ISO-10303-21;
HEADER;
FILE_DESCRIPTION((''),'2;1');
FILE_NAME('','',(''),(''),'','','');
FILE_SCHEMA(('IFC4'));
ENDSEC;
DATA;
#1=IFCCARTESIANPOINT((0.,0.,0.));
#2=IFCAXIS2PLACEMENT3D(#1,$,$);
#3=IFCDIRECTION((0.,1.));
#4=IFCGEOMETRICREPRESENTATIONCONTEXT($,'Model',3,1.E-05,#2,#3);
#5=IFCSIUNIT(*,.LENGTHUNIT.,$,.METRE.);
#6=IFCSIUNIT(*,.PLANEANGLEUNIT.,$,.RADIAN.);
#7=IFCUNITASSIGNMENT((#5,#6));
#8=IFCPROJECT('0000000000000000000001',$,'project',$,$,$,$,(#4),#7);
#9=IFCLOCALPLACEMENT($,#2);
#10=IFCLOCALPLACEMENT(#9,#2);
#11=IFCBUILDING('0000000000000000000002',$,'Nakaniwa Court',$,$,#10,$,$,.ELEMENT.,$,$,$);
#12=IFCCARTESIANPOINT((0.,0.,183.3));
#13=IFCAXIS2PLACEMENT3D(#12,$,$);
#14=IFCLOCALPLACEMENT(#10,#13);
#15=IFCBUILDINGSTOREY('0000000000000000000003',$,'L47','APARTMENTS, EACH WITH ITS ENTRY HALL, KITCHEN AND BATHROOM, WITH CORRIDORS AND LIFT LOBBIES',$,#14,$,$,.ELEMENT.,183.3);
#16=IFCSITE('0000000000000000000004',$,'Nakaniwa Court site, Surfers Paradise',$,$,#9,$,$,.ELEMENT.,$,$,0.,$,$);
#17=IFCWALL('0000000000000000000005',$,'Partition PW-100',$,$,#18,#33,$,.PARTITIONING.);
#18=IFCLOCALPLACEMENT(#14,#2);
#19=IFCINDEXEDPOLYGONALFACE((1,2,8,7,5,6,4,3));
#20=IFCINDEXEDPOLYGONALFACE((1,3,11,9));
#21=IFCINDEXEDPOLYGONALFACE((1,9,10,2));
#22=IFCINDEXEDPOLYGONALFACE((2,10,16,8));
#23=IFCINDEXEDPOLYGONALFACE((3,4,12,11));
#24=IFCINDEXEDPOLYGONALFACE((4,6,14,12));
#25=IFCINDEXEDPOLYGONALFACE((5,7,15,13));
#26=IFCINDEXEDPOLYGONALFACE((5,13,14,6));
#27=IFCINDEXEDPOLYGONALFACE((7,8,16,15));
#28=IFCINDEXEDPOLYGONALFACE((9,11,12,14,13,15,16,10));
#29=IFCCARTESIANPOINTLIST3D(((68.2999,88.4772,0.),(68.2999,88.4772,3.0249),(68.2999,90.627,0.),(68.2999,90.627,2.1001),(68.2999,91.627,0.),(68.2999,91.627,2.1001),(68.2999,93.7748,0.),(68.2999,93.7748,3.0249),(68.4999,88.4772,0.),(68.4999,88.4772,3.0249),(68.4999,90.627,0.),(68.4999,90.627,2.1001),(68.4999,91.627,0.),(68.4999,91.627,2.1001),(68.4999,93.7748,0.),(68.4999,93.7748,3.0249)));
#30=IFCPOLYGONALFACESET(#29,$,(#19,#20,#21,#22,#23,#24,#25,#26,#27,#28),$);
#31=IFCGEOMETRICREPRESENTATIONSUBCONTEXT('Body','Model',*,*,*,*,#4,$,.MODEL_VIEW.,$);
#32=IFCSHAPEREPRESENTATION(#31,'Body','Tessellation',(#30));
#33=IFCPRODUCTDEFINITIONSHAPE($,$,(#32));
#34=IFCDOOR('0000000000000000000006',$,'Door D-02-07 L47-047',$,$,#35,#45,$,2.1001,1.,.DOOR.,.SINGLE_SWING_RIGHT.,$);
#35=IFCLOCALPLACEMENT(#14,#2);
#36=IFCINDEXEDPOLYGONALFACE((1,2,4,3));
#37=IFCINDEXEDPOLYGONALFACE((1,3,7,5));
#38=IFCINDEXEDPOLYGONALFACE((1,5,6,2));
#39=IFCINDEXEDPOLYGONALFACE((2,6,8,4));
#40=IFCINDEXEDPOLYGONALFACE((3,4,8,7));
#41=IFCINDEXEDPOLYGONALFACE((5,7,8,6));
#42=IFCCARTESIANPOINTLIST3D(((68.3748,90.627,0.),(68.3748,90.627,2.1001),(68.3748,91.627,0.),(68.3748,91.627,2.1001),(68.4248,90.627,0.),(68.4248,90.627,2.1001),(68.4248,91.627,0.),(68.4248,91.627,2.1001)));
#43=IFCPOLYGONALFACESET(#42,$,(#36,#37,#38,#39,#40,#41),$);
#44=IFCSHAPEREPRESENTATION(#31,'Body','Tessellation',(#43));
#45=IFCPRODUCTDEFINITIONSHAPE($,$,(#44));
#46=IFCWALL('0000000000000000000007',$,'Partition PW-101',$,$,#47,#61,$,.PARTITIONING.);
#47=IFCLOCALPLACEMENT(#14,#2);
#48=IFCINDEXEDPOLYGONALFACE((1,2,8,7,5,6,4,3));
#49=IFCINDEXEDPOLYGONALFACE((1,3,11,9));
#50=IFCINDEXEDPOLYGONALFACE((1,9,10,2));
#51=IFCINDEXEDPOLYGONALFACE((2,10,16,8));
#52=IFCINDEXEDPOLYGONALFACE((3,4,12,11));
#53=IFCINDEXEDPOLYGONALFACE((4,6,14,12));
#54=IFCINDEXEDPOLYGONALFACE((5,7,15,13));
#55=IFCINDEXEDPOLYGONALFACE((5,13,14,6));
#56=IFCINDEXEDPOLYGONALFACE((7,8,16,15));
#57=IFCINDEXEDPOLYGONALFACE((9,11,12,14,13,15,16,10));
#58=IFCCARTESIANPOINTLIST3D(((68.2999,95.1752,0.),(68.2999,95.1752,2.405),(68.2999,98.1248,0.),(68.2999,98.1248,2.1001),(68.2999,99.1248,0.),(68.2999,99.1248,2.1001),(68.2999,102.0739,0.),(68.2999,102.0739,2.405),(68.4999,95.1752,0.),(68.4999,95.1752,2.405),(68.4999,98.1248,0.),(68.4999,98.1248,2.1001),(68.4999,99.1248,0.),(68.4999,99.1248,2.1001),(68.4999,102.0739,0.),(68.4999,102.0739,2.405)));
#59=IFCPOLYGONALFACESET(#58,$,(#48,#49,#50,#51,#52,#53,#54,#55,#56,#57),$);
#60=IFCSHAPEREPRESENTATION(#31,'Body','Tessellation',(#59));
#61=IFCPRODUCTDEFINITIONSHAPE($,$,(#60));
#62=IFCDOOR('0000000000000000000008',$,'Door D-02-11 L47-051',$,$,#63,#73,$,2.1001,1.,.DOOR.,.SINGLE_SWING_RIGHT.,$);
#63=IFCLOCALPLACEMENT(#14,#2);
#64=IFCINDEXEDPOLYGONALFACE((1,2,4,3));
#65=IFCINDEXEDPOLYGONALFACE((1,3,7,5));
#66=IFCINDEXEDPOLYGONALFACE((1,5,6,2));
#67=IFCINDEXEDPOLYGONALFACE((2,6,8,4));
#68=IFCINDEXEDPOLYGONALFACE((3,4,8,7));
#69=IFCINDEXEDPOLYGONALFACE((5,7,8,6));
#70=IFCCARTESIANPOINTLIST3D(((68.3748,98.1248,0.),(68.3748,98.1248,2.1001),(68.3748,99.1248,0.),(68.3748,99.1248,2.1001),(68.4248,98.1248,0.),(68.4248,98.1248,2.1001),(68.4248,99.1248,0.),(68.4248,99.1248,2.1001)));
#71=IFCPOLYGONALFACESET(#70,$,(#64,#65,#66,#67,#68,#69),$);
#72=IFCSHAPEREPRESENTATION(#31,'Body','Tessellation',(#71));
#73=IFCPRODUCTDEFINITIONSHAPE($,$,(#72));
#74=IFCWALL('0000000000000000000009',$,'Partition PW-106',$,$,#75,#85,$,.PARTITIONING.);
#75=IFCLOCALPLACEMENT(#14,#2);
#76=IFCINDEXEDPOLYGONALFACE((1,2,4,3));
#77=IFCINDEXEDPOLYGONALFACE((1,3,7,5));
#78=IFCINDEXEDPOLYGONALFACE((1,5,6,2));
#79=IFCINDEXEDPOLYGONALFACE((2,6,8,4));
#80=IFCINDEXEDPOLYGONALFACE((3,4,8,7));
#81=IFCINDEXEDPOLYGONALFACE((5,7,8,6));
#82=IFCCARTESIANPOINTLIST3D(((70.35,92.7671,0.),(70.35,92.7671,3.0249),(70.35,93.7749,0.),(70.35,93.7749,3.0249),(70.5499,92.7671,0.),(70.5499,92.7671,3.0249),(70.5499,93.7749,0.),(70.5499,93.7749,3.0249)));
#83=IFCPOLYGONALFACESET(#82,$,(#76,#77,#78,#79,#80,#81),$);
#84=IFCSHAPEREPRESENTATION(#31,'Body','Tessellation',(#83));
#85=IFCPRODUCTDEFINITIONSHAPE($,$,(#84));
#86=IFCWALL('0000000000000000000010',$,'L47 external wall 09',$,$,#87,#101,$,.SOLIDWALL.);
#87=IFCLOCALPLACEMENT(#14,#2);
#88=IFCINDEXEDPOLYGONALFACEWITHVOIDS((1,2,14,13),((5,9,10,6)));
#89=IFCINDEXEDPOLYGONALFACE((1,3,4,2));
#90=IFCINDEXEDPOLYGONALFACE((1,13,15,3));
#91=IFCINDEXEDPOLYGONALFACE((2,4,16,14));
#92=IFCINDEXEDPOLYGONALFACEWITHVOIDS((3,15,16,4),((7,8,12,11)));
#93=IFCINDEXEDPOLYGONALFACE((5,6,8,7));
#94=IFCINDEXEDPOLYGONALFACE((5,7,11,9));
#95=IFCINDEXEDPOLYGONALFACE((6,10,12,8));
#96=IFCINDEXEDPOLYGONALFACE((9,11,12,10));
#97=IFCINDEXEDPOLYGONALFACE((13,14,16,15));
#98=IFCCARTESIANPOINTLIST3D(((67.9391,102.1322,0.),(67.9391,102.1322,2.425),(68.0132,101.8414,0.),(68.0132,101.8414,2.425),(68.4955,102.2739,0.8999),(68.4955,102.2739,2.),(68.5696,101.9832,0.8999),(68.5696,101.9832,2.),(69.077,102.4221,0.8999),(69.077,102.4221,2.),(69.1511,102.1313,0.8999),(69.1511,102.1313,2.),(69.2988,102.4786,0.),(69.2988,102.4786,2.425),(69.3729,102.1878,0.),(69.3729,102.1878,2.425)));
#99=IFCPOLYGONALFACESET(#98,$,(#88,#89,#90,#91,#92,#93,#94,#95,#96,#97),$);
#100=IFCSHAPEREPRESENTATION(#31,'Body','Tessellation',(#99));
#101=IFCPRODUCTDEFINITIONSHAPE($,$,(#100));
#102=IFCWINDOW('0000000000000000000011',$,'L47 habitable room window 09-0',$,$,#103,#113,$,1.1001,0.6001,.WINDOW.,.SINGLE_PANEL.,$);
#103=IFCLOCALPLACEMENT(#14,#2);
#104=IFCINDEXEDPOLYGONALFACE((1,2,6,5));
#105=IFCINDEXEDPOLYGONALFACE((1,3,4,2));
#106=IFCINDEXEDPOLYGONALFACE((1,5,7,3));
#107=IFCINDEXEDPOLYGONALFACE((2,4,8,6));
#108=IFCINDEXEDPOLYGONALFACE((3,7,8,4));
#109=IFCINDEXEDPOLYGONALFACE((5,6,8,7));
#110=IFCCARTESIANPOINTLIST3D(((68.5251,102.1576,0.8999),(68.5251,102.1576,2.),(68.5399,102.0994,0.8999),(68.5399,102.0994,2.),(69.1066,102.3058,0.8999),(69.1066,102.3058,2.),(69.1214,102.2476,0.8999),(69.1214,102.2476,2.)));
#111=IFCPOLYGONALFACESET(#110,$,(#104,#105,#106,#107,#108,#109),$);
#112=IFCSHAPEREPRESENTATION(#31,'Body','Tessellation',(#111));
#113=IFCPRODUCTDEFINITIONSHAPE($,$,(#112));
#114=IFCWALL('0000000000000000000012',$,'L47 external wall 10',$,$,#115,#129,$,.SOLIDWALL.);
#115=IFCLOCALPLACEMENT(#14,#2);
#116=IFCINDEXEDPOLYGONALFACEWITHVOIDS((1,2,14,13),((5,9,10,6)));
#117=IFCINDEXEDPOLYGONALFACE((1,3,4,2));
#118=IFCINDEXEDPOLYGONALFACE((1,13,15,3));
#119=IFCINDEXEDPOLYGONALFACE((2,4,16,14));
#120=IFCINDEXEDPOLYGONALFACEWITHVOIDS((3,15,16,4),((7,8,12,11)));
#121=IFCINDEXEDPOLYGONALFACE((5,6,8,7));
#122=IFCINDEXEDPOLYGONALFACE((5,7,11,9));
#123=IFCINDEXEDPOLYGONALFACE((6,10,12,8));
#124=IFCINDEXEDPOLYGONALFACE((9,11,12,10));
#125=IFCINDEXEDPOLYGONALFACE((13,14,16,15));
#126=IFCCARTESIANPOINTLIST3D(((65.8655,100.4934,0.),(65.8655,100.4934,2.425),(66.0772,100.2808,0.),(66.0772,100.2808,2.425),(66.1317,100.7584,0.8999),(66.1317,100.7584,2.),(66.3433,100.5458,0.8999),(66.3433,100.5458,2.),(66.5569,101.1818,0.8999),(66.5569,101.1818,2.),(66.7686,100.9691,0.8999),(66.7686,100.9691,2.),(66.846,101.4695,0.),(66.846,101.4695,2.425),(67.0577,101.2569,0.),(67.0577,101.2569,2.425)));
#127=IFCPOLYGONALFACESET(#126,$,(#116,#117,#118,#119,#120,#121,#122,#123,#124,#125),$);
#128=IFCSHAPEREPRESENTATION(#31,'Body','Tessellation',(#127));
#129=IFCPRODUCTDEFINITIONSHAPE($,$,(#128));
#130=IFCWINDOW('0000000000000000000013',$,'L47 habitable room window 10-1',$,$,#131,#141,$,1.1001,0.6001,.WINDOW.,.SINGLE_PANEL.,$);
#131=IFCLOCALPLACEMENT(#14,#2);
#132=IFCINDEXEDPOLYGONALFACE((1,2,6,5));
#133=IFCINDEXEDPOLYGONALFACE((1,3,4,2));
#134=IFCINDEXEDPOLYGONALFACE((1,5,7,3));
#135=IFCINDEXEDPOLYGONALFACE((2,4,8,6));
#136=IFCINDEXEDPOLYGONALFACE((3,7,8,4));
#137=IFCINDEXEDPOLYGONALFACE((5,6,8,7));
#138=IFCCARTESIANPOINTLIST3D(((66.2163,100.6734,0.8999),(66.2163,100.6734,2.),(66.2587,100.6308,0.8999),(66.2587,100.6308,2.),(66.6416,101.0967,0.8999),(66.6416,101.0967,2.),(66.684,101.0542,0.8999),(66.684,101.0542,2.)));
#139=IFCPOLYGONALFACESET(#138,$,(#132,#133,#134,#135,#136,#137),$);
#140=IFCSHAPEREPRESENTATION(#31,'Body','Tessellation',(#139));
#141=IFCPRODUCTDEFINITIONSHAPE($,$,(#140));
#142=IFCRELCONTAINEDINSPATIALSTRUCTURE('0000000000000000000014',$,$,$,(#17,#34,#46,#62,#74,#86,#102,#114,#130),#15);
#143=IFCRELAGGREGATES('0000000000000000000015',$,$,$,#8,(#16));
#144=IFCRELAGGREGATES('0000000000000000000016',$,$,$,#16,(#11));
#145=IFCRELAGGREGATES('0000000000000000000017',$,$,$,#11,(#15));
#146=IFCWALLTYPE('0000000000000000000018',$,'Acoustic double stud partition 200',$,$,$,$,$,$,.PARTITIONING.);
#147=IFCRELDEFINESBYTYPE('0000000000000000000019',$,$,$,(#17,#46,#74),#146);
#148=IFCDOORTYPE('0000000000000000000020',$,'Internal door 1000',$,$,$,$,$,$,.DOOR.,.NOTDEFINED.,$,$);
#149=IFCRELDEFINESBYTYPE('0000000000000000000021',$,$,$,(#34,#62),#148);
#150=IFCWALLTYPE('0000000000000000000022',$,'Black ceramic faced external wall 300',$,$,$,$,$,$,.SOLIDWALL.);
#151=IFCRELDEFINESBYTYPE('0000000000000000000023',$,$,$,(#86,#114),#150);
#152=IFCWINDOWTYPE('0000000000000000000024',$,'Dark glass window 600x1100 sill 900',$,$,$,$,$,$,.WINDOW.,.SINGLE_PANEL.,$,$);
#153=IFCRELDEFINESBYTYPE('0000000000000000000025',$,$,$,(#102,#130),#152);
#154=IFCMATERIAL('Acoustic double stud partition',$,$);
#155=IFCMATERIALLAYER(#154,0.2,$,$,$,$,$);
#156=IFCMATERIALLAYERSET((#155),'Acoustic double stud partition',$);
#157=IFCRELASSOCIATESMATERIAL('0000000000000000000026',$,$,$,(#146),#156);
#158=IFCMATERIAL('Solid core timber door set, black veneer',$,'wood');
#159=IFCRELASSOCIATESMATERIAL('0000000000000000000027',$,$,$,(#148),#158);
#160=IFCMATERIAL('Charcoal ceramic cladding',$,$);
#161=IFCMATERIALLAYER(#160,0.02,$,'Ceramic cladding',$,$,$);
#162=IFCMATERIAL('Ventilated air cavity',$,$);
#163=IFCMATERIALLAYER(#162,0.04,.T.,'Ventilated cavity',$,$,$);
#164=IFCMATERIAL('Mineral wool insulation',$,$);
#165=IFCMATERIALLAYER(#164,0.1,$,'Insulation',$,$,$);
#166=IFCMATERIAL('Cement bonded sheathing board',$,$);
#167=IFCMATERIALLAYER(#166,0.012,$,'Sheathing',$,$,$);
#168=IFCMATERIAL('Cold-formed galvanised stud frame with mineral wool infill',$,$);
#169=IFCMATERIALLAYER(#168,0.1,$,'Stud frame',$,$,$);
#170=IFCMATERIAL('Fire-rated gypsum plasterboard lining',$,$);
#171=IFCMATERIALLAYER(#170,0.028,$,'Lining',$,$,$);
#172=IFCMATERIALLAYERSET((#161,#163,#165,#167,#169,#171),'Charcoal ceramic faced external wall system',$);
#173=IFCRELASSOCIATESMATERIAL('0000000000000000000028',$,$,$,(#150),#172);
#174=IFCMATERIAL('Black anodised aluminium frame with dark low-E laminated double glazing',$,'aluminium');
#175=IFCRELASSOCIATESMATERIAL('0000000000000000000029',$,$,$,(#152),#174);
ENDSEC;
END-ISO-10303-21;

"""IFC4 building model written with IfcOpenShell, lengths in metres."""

from ifc_helpers import new_model, si_unit, direction, frame, frame_2d, origin, place, context, subcontext, project, spatial, rectangle, extrude, material, layer, layer_set, type_object, element, fill, save


model = new_model("IFC4")

# Units and contexts
model_context = context("Model", 3, precision=1e-05, world=origin(), true_north=direction((0.0, 1.0)))
body_context = subcontext(model_context, "Body", "Model", "MODEL_VIEW")
ifc_project = project(units=[si_unit("LENGTHUNIT", "METRE"), si_unit("PLANEANGLEUNIT", "RADIAN")], contexts=[model_context])

# Site, building, storey
site_placement = place(None, origin())
site = spatial("IfcSite", under=ifc_project, at=site_placement, Name="Nakaniwa Court site, Surfers Paradise", CompositionType="ELEMENT", RefElevation=0.0)
building_placement = place(site_placement, origin())
building = spatial("IfcBuilding", under=site, at=building_placement, Name="Nakaniwa Court", CompositionType="ELEMENT")
storey_placement = place(building_placement, frame((0.0, 0.0, 183.3)))
storey = spatial("IfcBuildingStorey", under=building, at=storey_placement, Name="L47", Description="APARTMENTS, EACH WITH ITS ENTRY HALL, KITCHEN AND BATHROOM, WITH CORRIDORS AND LIFT LOBBIES", CompositionType="ELEMENT", Elevation=183.3)

# Shared definitions
ifc_material_1 = material(Name="Acoustic double stud partition")
ifc_layer_1 = layer(ifc_material_1, 0.2)
ifc_layer_set_1 = layer_set([ifc_layer_1], Name="Acoustic double stud partition")
wall_type_1 = type_object("IfcWallType", Name="Acoustic double stud partition 200", PredefinedType="PARTITIONING", material=ifc_layer_set_1)

# Walls, openings, doors
wall_1_placement = place(storey_placement, frame((68.3999, 93.7749, 0.0), z_axis=(0.0, 0.0, 1.0), x_axis=(0.0, -1.0, 0.0)))
wall_1 = element("IfcWall", 1, at=wall_1_placement, inside=storey, type_object=wall_type_1, Name="Partition PW-100", PredefinedType="PARTITIONING", context=body_context, shape_type="SweptSolid", body=[
    extrude(rectangle(XDim=5.2976, YDim=0.2, at=frame_2d((2.6489, 0.0))), origin(), (0.0, 0.0, 1.0), 3.0249),
])
opening_1_placement = place(wall_1_placement, frame((2.1479, 0.0, 0.0)))
opening_1 = element("IfcOpeningElement", 2, at=opening_1_placement, cuts=wall_1, PredefinedType="OPENING", context=body_context, shape_type="SweptSolid", body=[
    extrude(rectangle(XDim=1.0, YDim=2.1001, at=frame_2d((0.5, 1.05))), frame((0.0, 0.1099, 0.0), z_axis=(0.0, -1.0, 0.0), x_axis=(1.0, 0.0, 0.0)), (0.0, 0.0, 1.0), 0.22),
])
ifc_material_2 = material(Name="Solid core timber door set, black veneer", Category="wood")
door_type_1 = type_object("IfcDoorType", Name="Internal door 1000", OperationType="NOTDEFINED", PredefinedType="DOOR", material=ifc_material_2)
door_1_placement = place(opening_1_placement, origin())
door_1 = element("IfcDoor", 3, at=door_1_placement, inside=storey, type_object=door_type_1, Name="Door D-02-07 L47-047", OperationType="SINGLE_SWING_RIGHT", OverallHeight=2.1001, OverallWidth=1.0, PredefinedType="DOOR", context=body_context, shape_type="SweptSolid", body=[
    extrude(rectangle(XDim=1.0, YDim=2.1001, at=frame_2d((0.5, 1.05))), frame((0.0, 0.0249, 0.0), z_axis=(0.0, -1.0, 0.0), x_axis=(1.0, 0.0, 0.0)), (0.0, 0.0, 1.0), 0.05),
])
fill(opening_1, door_1)
wall_2_placement = place(storey_placement, frame((68.3999, 102.0737, 0.0), z_axis=(0.0, 0.0, 1.0), x_axis=(0.0, -1.0, 0.0)))
wall_2 = element("IfcWall", 4, at=wall_2_placement, inside=storey, type_object=wall_type_1, Name="Partition PW-101", PredefinedType="PARTITIONING", context=body_context, shape_type="SweptSolid", body=[
    extrude(rectangle(XDim=6.8987, YDim=0.2, at=frame_2d((3.4492, 0.0))), origin(), (0.0, 0.0, 1.0), 2.405),
])
opening_2_placement = place(wall_2_placement, frame((2.949, 0.0, 0.0)))
opening_2 = element("IfcOpeningElement", 5, at=opening_2_placement, cuts=wall_2, PredefinedType="OPENING", context=body_context, shape_type="SweptSolid", body=[
    extrude(rectangle(XDim=1.0, YDim=2.1001, at=frame_2d((0.5, 1.05))), frame((0.0, 0.1099, 0.0), z_axis=(0.0, -1.0, 0.0), x_axis=(1.0, 0.0, 0.0)), (0.0, 0.0, 1.0), 0.22),
])
door_2_placement = place(opening_2_placement, origin())
door_2 = element("IfcDoor", 6, at=door_2_placement, inside=storey, type_object=door_type_1, Name="Door D-02-11 L47-051", OperationType="SINGLE_SWING_RIGHT", OverallHeight=2.1001, OverallWidth=1.0, PredefinedType="DOOR", context=body_context, shape_type="SweptSolid", body=[
    extrude(rectangle(XDim=1.0, YDim=2.1001, at=frame_2d((0.5, 1.05))), frame((0.0, 0.0249, 0.0), z_axis=(0.0, -1.0, 0.0), x_axis=(1.0, 0.0, 0.0)), (0.0, 0.0, 1.0), 0.05),
])
fill(opening_2, door_2)

# Wall
wall_3_placement = place(storey_placement, frame((70.45, 92.7671, 0.0), z_axis=(0.0, 0.0, 1.0), x_axis=(0.0, 1.0, 0.0)))
element("IfcWall", 7, at=wall_3_placement, inside=storey, type_object=wall_type_1, Name="Partition PW-106", PredefinedType="PARTITIONING", context=body_context, shape_type="SweptSolid", body=[
    extrude(rectangle(XDim=1.0078, YDim=0.2, at=frame_2d((0.5039, 0.0))), origin(), (0.0, 0.0, 1.0), 3.0249),
])

# Walls, openings, windows
ifc_material_3 = material(Name="Charcoal ceramic cladding")
ifc_layer_2 = layer(ifc_material_3, 0.02, Name="Ceramic cladding")
ifc_material_4 = material(Name="Ventilated air cavity")
ifc_layer_3 = layer(ifc_material_4, 0.04, ventilated=True, Name="Ventilated cavity")
ifc_material_5 = material(Name="Mineral wool insulation")
ifc_layer_4 = layer(ifc_material_5, 0.1, Name="Insulation")
ifc_material_6 = material(Name="Cement bonded sheathing board")
ifc_layer_5 = layer(ifc_material_6, 0.012, Name="Sheathing")
ifc_material_7 = material(Name="Cold-formed galvanised stud frame with mineral wool infill")
ifc_layer_6 = layer(ifc_material_7, 0.1, Name="Stud frame")
ifc_material_8 = material(Name="Fire-rated gypsum plasterboard lining")
ifc_layer_7 = layer(ifc_material_8, 0.028, Name="Lining")
ifc_layer_set_2 = layer_set([ifc_layer_2, ifc_layer_3, ifc_layer_4, ifc_layer_5, ifc_layer_6, ifc_layer_7], Name="Charcoal ceramic faced external wall system")
wall_type_2 = type_object("IfcWallType", Name="Black ceramic faced external wall 300", PredefinedType="SOLIDWALL", material=ifc_layer_set_2)
wall_4_placement = place(storey_placement, frame((69.3359, 102.3333, 0.0), z_axis=(0.0, 0.0, 1.0), x_axis=(-0.969037, -0.246914, 0.0)))
wall_4 = element("IfcWall", 8, at=wall_4_placement, inside=storey, type_object=wall_type_2, Name="L47 external wall 09", PredefinedType="SOLIDWALL", context=body_context, shape_type="SweptSolid", body=[
    extrude(rectangle(XDim=1.4031, YDim=0.3, at=frame_2d((0.7017, 0.0))), origin(), (0.0, 0.0, 1.0), 2.425),
])
opening_3_placement = place(wall_4_placement, frame((0.229, 0.0, 0.8999)))
opening_3 = element("IfcOpeningElement", 9, at=opening_3_placement, cuts=wall_4, PredefinedType="OPENING", context=body_context, shape_type="SweptSolid", body=[
    extrude(rectangle(XDim=0.6001, YDim=1.1001, at=frame_2d((0.3, 0.55))), frame((0.0, 0.1599, 0.0), z_axis=(0.0, -1.0, 0.0), x_axis=(1.0, 0.0, 0.0)), (0.0, 0.0, 1.0), 0.3201),
])
ifc_material_9 = material(Name="Black anodised aluminium frame with dark low-E laminated double glazing", Category="aluminium")
window_type_1 = type_object("IfcWindowType", Name="Dark glass window 600x1100 sill 900", PartitioningType="SINGLE_PANEL", PredefinedType="WINDOW", material=ifc_material_9)
window_1_placement = place(opening_3_placement, origin())
window_1 = element("IfcWindow", 10, at=window_1_placement, inside=storey, type_object=window_type_1, Name="L47 habitable room window 09-0", OverallHeight=1.1001, OverallWidth=0.6001, PartitioningType="SINGLE_PANEL", PredefinedType="WINDOW", context=body_context, shape_type="SweptSolid", body=[
    extrude(rectangle(XDim=0.6001, YDim=1.1001, at=frame_2d((0.3, 0.55))), frame((0.0, 0.03, 0.0), z_axis=(0.0, -1.0, 0.0), x_axis=(1.0, 0.0, 0.0)), (0.0, 0.0, 1.0), 0.0601),
])
fill(opening_3, window_1)
wall_5_placement = place(storey_placement, frame((66.9519, 101.3633, 0.0), z_axis=(0.0, 0.0, 1.0), x_axis=(-0.708693, -0.705517, 0.0)))
wall_5 = element("IfcWall", 11, at=wall_5_placement, inside=storey, type_object=wall_type_2, Name="L47 external wall 10", PredefinedType="SOLIDWALL", context=body_context, shape_type="SweptSolid", body=[
    extrude(rectangle(XDim=1.3835, YDim=0.3, at=frame_2d((0.6919, 0.0))), origin(), (0.0, 0.0, 1.0), 2.425),
])
opening_4_placement = place(wall_5_placement, frame((0.408, 0.0, 0.8999)))
opening_4 = element("IfcOpeningElement", 12, at=opening_4_placement, cuts=wall_5, PredefinedType="OPENING", context=body_context, shape_type="SweptSolid", body=[
    extrude(rectangle(XDim=0.6001, YDim=1.1001, at=frame_2d((0.3, 0.55))), frame((0.0, 0.1599, 0.0), z_axis=(0.0, -1.0, 0.0), x_axis=(1.0, 0.0, 0.0)), (0.0, 0.0, 1.0), 0.3201),
])
window_2_placement = place(opening_4_placement, origin())
window_2 = element("IfcWindow", 13, at=window_2_placement, inside=storey, type_object=window_type_1, Name="L47 habitable room window 10-1", OverallHeight=1.1001, OverallWidth=0.6001, PartitioningType="SINGLE_PANEL", PredefinedType="WINDOW", context=body_context, shape_type="SweptSolid", body=[
    extrude(rectangle(XDim=0.6001, YDim=1.1001, at=frame_2d((0.3, 0.55))), frame((0.0, 0.03, 0.0), z_axis=(0.0, -1.0, 0.0), x_axis=(1.0, 0.0, 0.0)), (0.0, 0.0, 1.0), 0.0601),
])
fill(opening_4, window_2)

save(model, "model.ifc")
